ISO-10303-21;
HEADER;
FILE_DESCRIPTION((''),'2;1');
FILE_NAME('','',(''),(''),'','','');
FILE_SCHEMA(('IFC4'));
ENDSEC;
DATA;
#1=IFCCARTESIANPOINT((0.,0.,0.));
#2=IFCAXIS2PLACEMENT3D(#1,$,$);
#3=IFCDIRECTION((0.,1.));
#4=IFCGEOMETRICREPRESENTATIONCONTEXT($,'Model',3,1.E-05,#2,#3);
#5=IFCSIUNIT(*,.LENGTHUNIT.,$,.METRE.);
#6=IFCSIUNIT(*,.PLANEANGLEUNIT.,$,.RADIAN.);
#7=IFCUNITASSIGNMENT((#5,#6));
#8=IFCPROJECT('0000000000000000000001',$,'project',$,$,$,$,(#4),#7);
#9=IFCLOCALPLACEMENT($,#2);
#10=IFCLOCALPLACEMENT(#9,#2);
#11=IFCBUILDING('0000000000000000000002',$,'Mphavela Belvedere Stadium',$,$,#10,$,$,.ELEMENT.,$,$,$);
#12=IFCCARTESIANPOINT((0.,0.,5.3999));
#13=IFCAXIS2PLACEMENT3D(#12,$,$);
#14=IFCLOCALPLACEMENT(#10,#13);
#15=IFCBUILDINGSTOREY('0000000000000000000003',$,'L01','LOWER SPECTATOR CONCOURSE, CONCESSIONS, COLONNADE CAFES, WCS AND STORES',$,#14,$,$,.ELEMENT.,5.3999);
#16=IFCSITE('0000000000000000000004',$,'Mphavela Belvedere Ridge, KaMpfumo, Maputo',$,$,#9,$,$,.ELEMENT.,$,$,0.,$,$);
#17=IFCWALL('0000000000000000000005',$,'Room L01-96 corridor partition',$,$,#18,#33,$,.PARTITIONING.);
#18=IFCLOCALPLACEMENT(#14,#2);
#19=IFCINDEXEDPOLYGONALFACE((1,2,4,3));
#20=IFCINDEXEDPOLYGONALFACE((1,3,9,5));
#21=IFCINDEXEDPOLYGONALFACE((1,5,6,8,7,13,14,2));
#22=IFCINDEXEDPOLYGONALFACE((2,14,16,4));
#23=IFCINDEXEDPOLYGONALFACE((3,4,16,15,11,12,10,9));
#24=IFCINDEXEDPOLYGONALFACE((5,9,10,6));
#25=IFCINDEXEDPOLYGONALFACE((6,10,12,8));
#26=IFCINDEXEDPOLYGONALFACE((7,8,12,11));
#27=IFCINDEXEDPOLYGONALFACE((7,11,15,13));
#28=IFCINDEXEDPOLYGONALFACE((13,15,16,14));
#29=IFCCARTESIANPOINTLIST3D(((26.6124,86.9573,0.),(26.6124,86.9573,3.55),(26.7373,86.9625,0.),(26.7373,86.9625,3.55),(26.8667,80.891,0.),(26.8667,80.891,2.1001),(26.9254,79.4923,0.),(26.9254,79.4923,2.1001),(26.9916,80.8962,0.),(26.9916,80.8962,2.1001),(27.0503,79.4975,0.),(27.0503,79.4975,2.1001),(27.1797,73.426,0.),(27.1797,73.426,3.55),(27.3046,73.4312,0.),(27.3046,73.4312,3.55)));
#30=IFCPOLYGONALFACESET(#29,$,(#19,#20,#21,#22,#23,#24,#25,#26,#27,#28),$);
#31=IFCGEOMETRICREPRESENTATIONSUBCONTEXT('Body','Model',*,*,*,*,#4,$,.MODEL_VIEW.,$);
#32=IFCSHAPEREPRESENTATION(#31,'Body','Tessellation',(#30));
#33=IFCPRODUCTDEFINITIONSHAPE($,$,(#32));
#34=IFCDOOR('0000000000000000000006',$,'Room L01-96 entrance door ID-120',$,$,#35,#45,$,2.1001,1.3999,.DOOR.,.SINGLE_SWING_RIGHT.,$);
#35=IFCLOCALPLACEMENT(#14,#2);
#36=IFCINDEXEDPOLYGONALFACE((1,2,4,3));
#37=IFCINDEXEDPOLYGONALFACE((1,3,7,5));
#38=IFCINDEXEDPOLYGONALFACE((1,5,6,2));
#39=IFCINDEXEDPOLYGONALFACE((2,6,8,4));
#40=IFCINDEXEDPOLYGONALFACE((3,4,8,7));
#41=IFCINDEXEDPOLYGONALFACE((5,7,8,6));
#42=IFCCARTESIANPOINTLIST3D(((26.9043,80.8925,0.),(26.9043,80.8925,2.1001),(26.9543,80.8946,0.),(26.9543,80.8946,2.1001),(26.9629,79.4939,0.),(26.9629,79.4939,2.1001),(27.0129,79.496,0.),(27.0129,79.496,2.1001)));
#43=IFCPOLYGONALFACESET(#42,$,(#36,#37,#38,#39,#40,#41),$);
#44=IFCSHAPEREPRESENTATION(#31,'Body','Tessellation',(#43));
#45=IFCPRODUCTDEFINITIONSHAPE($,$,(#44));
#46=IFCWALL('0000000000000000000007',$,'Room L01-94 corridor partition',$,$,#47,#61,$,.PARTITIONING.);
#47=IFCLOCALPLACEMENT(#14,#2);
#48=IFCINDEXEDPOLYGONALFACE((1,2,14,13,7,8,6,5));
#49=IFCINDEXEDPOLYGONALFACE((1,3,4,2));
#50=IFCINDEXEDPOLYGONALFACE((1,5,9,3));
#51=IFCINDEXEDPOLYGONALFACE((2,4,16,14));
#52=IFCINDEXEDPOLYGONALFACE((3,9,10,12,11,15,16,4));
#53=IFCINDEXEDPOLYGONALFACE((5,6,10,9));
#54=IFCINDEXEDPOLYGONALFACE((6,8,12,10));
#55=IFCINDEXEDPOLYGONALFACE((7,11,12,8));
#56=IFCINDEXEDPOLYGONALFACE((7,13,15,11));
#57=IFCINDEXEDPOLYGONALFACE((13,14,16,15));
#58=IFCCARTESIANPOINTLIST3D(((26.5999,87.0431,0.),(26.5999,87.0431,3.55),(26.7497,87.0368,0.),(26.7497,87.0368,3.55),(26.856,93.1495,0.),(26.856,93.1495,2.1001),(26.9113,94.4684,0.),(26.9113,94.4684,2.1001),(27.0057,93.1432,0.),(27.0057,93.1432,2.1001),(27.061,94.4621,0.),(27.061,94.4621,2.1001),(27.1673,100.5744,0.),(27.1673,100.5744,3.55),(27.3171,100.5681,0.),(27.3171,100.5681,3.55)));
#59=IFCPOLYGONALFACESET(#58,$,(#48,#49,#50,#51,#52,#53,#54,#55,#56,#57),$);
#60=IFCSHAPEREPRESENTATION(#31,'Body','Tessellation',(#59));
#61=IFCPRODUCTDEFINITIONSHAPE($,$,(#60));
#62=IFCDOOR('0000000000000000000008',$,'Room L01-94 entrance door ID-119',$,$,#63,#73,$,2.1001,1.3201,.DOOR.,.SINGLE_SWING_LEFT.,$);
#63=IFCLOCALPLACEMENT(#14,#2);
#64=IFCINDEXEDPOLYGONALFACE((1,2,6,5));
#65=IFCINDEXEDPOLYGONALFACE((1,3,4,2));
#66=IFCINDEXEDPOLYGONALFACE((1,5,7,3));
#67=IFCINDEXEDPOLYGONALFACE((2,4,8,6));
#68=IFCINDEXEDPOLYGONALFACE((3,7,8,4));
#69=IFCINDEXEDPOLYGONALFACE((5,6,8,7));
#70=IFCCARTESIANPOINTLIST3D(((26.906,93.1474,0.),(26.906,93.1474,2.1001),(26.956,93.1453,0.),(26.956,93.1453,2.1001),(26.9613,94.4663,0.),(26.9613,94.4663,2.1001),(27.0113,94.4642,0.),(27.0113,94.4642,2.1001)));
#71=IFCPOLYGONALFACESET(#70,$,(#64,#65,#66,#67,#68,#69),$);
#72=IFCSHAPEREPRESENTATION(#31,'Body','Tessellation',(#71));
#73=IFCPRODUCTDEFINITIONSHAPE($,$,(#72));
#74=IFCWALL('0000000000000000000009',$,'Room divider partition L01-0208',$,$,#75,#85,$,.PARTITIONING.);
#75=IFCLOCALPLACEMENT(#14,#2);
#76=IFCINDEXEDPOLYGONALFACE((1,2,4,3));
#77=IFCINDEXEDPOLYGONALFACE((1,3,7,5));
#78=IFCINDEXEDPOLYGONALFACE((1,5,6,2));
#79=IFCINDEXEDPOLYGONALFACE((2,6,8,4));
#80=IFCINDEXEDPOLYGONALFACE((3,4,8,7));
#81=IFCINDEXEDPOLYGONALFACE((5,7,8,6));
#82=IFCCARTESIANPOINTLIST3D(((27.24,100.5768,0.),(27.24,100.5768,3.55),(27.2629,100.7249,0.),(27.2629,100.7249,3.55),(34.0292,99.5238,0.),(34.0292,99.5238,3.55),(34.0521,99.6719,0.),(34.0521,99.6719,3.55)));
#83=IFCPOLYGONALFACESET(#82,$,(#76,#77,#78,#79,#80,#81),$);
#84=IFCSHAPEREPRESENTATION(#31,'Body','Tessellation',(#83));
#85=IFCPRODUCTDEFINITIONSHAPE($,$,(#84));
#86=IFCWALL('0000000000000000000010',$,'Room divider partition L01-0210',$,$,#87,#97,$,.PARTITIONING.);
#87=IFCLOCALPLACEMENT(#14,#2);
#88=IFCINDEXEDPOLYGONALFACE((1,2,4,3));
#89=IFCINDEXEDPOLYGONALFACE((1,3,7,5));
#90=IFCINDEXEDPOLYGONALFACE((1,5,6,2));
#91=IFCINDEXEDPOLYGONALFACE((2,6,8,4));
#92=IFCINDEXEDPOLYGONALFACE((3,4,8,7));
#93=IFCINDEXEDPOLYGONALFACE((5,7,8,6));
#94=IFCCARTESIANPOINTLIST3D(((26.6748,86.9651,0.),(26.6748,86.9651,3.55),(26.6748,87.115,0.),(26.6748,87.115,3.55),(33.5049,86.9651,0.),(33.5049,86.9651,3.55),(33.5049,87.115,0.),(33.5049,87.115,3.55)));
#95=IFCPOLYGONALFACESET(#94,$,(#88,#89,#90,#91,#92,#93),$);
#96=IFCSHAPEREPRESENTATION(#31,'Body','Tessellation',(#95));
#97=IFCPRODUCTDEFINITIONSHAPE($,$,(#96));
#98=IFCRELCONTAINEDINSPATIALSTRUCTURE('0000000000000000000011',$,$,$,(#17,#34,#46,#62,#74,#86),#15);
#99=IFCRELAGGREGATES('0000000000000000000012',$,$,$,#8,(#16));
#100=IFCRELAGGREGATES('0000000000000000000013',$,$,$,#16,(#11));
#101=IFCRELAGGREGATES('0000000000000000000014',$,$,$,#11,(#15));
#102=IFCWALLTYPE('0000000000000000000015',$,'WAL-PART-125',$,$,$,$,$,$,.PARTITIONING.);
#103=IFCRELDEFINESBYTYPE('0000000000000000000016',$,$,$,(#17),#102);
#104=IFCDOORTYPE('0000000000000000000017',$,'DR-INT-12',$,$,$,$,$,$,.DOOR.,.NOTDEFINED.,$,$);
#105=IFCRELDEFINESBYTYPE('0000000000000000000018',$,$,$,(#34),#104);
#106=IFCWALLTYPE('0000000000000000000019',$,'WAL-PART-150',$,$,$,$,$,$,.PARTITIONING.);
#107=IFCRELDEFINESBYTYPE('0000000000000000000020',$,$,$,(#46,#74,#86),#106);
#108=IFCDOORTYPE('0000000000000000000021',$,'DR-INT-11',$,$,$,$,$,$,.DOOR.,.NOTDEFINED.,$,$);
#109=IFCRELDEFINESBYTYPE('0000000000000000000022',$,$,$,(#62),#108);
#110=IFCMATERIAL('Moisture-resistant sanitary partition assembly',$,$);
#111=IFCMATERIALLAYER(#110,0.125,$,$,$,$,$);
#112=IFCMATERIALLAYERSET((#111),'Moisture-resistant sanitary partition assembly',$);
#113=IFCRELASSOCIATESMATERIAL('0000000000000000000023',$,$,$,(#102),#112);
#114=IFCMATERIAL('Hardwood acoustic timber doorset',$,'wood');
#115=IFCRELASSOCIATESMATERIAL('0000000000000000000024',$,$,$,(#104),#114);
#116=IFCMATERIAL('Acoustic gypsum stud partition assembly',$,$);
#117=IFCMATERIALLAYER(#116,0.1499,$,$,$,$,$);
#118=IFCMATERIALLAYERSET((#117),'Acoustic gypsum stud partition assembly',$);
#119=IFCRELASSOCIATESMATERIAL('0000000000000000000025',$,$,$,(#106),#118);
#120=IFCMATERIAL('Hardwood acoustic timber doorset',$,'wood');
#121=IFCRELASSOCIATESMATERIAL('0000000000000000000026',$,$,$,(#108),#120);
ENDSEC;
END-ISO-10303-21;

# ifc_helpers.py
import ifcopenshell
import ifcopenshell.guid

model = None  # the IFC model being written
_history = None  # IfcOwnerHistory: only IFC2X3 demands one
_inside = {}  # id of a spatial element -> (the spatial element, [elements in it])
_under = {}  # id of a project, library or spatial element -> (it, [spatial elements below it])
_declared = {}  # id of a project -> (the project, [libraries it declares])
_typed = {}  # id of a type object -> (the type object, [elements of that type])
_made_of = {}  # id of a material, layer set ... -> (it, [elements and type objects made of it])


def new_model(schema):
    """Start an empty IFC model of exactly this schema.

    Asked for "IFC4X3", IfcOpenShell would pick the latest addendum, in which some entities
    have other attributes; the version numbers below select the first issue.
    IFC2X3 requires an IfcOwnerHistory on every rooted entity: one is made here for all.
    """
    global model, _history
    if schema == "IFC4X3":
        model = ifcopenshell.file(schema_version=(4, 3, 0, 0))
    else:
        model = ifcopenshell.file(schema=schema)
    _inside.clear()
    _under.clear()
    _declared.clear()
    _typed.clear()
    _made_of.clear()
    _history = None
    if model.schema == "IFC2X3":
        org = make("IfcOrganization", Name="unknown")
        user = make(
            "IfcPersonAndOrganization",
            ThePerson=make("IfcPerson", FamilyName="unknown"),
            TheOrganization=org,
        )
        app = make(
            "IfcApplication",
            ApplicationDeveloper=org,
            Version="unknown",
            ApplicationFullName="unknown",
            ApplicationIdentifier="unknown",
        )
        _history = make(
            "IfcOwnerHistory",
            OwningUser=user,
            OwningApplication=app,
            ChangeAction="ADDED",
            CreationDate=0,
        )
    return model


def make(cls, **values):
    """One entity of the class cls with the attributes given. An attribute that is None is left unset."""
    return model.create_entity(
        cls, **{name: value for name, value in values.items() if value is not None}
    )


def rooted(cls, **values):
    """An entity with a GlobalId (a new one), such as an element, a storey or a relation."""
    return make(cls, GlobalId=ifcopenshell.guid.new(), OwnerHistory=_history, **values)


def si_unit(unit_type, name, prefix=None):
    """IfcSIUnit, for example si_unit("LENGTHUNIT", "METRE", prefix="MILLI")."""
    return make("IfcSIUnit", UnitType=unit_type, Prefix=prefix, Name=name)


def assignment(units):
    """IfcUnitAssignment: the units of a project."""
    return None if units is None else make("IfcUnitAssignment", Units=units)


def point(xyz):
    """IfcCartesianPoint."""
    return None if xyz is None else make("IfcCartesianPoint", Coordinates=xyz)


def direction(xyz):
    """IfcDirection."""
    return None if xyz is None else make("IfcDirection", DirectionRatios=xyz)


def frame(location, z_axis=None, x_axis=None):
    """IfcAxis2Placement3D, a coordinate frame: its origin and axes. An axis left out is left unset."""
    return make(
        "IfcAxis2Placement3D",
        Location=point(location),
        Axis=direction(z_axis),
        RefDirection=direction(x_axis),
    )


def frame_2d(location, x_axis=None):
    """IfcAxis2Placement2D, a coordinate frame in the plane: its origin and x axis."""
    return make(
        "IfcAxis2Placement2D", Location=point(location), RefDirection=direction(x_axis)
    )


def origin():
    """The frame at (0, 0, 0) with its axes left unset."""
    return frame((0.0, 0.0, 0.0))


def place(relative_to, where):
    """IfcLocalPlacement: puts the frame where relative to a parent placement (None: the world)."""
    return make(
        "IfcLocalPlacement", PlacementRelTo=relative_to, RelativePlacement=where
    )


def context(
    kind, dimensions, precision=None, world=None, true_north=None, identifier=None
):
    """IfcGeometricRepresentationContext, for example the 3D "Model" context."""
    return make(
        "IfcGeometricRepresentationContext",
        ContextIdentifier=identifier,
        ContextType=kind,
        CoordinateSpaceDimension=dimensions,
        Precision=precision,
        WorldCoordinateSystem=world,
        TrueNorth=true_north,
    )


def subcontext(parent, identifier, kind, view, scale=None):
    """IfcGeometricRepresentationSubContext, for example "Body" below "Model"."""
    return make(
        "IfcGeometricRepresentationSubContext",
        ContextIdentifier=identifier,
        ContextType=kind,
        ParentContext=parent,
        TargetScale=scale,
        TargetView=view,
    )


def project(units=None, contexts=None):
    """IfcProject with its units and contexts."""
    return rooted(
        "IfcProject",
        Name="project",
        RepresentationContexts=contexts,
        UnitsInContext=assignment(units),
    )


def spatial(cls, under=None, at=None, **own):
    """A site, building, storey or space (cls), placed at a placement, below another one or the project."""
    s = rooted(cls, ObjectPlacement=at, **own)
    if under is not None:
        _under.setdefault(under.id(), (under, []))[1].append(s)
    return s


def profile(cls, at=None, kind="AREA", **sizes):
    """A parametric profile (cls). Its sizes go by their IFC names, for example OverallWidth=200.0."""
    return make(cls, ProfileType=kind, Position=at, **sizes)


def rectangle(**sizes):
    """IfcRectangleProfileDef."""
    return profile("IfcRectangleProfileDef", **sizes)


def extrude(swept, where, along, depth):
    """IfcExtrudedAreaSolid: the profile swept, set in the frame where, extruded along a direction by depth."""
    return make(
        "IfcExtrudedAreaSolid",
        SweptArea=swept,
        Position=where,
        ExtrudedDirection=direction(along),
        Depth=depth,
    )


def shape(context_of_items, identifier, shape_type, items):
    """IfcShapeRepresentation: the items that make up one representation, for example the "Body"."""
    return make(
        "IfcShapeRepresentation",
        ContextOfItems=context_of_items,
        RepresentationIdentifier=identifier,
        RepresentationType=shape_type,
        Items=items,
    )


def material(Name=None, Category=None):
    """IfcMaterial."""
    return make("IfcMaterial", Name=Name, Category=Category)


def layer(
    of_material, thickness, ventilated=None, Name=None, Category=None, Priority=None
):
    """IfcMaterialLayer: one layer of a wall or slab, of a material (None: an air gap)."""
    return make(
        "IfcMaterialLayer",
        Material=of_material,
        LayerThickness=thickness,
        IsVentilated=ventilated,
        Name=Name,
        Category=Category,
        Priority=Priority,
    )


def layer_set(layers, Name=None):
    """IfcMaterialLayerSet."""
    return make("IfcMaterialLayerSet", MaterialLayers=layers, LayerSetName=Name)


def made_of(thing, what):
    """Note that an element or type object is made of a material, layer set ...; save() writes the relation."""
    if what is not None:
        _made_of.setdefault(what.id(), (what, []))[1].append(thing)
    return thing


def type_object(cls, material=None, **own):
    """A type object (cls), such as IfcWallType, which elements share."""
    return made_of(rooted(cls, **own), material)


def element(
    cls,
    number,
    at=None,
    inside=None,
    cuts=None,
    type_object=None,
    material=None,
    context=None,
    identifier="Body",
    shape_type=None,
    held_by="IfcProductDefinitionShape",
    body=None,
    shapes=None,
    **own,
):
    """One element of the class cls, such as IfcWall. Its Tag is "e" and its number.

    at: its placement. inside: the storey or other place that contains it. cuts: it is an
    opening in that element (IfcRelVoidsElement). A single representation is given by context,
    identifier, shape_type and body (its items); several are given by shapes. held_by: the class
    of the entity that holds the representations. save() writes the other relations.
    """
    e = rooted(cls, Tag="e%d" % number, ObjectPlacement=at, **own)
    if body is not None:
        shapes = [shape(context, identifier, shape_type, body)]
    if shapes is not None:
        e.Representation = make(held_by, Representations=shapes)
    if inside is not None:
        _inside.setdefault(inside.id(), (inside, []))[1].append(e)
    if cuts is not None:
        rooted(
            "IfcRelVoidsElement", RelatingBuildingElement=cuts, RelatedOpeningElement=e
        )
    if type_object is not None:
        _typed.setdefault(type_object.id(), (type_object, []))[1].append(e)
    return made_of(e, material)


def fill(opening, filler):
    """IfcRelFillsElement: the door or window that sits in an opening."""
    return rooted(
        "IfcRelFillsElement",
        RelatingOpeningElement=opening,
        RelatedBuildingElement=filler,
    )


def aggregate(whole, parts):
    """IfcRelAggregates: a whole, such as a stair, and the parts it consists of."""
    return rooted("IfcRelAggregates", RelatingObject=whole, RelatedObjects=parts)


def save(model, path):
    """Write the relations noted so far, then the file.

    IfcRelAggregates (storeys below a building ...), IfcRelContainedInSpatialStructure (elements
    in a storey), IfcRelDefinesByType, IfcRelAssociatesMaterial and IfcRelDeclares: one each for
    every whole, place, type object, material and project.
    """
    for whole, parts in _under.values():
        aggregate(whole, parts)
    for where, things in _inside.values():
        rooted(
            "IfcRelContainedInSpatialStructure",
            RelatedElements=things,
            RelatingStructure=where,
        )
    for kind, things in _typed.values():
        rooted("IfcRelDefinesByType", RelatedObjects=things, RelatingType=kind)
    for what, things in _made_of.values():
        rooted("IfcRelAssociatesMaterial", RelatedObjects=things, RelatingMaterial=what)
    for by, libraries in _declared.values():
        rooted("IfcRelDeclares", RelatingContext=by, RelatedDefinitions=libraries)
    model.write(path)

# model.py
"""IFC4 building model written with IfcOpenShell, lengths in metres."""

from ifc_helpers import new_model, si_unit, direction, frame, frame_2d, origin, place, context, subcontext, project, spatial, rectangle, extrude, material, layer, layer_set, type_object, element, fill, save


model = new_model("IFC4")

# Units and contexts
model_context = context("Model", 3, precision=1e-05, world=origin(), true_north=direction((0.0, 1.0)))
body_context = subcontext(model_context, "Body", "Model", "MODEL_VIEW")
ifc_project = project(units=[si_unit("LENGTHUNIT", "METRE"), si_unit("PLANEANGLEUNIT", "RADIAN")], contexts=[model_context])

# Site, building, storey
site_placement = place(None, origin())
site = spatial("IfcSite", under=ifc_project, at=site_placement, Name="Mphavela Belvedere Ridge, KaMpfumo, Maputo", CompositionType="ELEMENT", RefElevation=0.0)
building_placement = place(site_placement, origin())
building = spatial("IfcBuilding", under=site, at=building_placement, Name="Mphavela Belvedere Stadium", CompositionType="ELEMENT")
storey_placement = place(building_placement, frame((0.0, 0.0, 5.3999)))
storey = spatial("IfcBuildingStorey", under=building, at=storey_placement, Name="L01", Description="LOWER SPECTATOR CONCOURSE, CONCESSIONS, COLONNADE CAFES, WCS AND STORES", CompositionType="ELEMENT", Elevation=5.3999)

# Walls, openings, doors
ifc_material_1 = material(Name="Moisture-resistant sanitary partition assembly")
ifc_layer_1 = layer(ifc_material_1, 0.125)
ifc_layer_set_1 = layer_set([ifc_layer_1], Name="Moisture-resistant sanitary partition assembly")
wall_type_1 = type_object("IfcWallType", Name="WAL-PART-125", PredefinedType="PARTITIONING", material=ifc_layer_set_1)
wall_1_placement = place(storey_placement, frame((27.2422, 73.4287, 0.0), z_axis=(0.0, 0.0, 1.0), x_axis=(-0.041894, 0.999122, 0.0)))
wall_1 = element("IfcWall", 1, at=wall_1_placement, inside=storey, type_object=wall_type_1, Name="Room L01-96 corridor partition", PredefinedType="PARTITIONING", context=body_context, shape_type="SweptSolid", body=[
    extrude(rectangle(XDim=13.5432, YDim=0.125, at=frame_2d((6.7715, 0.0))), origin(), (0.0, 0.0, 1.0), 3.55),
])
opening_1_placement = place(wall_1_placement, frame((6.0715, 0.0, 0.0)))
opening_1 = element("IfcOpeningElement", 2, at=opening_1_placement, cuts=wall_1, PredefinedType="OPENING", context=body_context, shape_type="SweptSolid", body=[
    extrude(rectangle(XDim=1.3999, YDim=2.1001, at=frame_2d((0.7, 1.05))), frame((0.0, 0.0725, 0.0), z_axis=(0.0, -1.0, 0.0), x_axis=(1.0, 0.0, 0.0)), (0.0, 0.0, 1.0), 0.145),
])
ifc_material_2 = material(Name="Hardwood acoustic timber doorset", Category="wood")
door_type_1 = type_object("IfcDoorType", Name="DR-INT-12", OperationType="NOTDEFINED", PredefinedType="DOOR", material=ifc_material_2)
door_1_placement = place(opening_1_placement, origin())
door_1 = element("IfcDoor", 3, at=door_1_placement, inside=storey, type_object=door_type_1, Name="Room L01-96 entrance door ID-120", OperationType="SINGLE_SWING_RIGHT", OverallHeight=2.1001, OverallWidth=1.3999, PredefinedType="DOOR", context=body_context, shape_type="SweptSolid", body=[
    extrude(rectangle(XDim=1.3999, YDim=2.1001, at=frame_2d((0.7, 1.05))), frame((0.0, 0.0249, 0.0), z_axis=(0.0, -1.0, 0.0), x_axis=(1.0, 0.0, 0.0)), (0.0, 0.0, 1.0), 0.05),
])
fill(opening_1, door_1)
ifc_material_3 = material(Name="Acoustic gypsum stud partition assembly")
ifc_layer_2 = layer(ifc_material_3, 0.1499)
ifc_layer_set_2 = layer_set([ifc_layer_2], Name="Acoustic gypsum stud partition assembly")
wall_type_2 = type_object("IfcWallType", Name="WAL-PART-150", PredefinedType="PARTITIONING", material=ifc_layer_set_2)
wall_2_placement = place(storey_placement, frame((26.6748, 87.04, 0.0), z_axis=(0.0, 0.0, 1.0), x_axis=(0.041894, 0.999122, 0.0)))
wall_2 = element("IfcWall", 4, at=wall_2_placement, inside=storey, type_object=wall_type_2, Name="Room L01-94 corridor partition", PredefinedType="PARTITIONING", context=body_context, shape_type="SweptSolid", body=[
    extrude(rectangle(XDim=13.5432, YDim=0.1499, at=frame_2d((6.7715, 0.0))), origin(), (0.0, 0.0, 1.0), 3.55),
])
opening_2_placement = place(wall_2_placement, frame((6.1116, 0.0, 0.0)))
opening_2 = element("IfcOpeningElement", 5, at=opening_2_placement, cuts=wall_2, PredefinedType="OPENING", context=body_context, shape_type="SweptSolid", body=[
    extrude(rectangle(XDim=1.3201, YDim=2.1001, at=frame_2d((0.6602, 1.05))), frame((0.0, 0.085, 0.0), z_axis=(0.0, -1.0, 0.0), x_axis=(1.0, 0.0, 0.0)), (0.0, 0.0, 1.0), 0.1699),
])
ifc_material_4 = material(Name="Hardwood acoustic timber doorset", Category="wood")
door_type_2 = type_object("IfcDoorType", Name="DR-INT-11", OperationType="NOTDEFINED", PredefinedType="DOOR", material=ifc_material_4)
door_2_placement = place(opening_2_placement, origin())
door_2 = element("IfcDoor", 6, at=door_2_placement, inside=storey, type_object=door_type_2, Name="Room L01-94 entrance door ID-119", OperationType="SINGLE_SWING_LEFT", OverallHeight=2.1001, OverallWidth=1.3201, PredefinedType="DOOR", context=body_context, shape_type="SweptSolid", body=[
    extrude(rectangle(XDim=1.3201, YDim=2.1001, at=frame_2d((0.6602, 1.05))), frame((0.0, 0.0249, 0.0), z_axis=(0.0, -1.0, 0.0), x_axis=(1.0, 0.0, 0.0)), (0.0, 0.0, 1.0), 0.05),
])
fill(opening_2, door_2)

# Walls
wall_3_placement = place(storey_placement, frame((34.0405, 99.5979, 0.0), z_axis=(0.0, 0.0, 1.0), x_axis=(-0.988186, 0.153261, 0.0)))
element("IfcWall", 7, at=wall_3_placement, inside=storey, type_object=wall_type_2, Name="Room divider partition L01-0208", PredefinedType="PARTITIONING", context=body_context, shape_type="SweptSolid", body=[
    extrude(rectangle(XDim=6.8704, YDim=0.1499, at=frame_2d((3.4351, 0.0))), origin(), (0.0, 0.0, 1.0), 3.55),
])
wall_4_placement = place(storey_placement, frame((33.5049, 87.04, 0.0), z_axis=(0.0, 0.0, 1.0), x_axis=(-1.0, 0.0, 0.0)))
element("IfcWall", 8, at=wall_4_placement, inside=storey, type_object=wall_type_2, Name="Room divider partition L01-0210", PredefinedType="PARTITIONING", context=body_context, shape_type="SweptSolid", body=[
    extrude(rectangle(XDim=6.8301, YDim=0.1499, at=frame_2d((3.415, 0.0))), origin(), (0.0, 0.0, 1.0), 3.55),
])

save(model, "model.ifc")
